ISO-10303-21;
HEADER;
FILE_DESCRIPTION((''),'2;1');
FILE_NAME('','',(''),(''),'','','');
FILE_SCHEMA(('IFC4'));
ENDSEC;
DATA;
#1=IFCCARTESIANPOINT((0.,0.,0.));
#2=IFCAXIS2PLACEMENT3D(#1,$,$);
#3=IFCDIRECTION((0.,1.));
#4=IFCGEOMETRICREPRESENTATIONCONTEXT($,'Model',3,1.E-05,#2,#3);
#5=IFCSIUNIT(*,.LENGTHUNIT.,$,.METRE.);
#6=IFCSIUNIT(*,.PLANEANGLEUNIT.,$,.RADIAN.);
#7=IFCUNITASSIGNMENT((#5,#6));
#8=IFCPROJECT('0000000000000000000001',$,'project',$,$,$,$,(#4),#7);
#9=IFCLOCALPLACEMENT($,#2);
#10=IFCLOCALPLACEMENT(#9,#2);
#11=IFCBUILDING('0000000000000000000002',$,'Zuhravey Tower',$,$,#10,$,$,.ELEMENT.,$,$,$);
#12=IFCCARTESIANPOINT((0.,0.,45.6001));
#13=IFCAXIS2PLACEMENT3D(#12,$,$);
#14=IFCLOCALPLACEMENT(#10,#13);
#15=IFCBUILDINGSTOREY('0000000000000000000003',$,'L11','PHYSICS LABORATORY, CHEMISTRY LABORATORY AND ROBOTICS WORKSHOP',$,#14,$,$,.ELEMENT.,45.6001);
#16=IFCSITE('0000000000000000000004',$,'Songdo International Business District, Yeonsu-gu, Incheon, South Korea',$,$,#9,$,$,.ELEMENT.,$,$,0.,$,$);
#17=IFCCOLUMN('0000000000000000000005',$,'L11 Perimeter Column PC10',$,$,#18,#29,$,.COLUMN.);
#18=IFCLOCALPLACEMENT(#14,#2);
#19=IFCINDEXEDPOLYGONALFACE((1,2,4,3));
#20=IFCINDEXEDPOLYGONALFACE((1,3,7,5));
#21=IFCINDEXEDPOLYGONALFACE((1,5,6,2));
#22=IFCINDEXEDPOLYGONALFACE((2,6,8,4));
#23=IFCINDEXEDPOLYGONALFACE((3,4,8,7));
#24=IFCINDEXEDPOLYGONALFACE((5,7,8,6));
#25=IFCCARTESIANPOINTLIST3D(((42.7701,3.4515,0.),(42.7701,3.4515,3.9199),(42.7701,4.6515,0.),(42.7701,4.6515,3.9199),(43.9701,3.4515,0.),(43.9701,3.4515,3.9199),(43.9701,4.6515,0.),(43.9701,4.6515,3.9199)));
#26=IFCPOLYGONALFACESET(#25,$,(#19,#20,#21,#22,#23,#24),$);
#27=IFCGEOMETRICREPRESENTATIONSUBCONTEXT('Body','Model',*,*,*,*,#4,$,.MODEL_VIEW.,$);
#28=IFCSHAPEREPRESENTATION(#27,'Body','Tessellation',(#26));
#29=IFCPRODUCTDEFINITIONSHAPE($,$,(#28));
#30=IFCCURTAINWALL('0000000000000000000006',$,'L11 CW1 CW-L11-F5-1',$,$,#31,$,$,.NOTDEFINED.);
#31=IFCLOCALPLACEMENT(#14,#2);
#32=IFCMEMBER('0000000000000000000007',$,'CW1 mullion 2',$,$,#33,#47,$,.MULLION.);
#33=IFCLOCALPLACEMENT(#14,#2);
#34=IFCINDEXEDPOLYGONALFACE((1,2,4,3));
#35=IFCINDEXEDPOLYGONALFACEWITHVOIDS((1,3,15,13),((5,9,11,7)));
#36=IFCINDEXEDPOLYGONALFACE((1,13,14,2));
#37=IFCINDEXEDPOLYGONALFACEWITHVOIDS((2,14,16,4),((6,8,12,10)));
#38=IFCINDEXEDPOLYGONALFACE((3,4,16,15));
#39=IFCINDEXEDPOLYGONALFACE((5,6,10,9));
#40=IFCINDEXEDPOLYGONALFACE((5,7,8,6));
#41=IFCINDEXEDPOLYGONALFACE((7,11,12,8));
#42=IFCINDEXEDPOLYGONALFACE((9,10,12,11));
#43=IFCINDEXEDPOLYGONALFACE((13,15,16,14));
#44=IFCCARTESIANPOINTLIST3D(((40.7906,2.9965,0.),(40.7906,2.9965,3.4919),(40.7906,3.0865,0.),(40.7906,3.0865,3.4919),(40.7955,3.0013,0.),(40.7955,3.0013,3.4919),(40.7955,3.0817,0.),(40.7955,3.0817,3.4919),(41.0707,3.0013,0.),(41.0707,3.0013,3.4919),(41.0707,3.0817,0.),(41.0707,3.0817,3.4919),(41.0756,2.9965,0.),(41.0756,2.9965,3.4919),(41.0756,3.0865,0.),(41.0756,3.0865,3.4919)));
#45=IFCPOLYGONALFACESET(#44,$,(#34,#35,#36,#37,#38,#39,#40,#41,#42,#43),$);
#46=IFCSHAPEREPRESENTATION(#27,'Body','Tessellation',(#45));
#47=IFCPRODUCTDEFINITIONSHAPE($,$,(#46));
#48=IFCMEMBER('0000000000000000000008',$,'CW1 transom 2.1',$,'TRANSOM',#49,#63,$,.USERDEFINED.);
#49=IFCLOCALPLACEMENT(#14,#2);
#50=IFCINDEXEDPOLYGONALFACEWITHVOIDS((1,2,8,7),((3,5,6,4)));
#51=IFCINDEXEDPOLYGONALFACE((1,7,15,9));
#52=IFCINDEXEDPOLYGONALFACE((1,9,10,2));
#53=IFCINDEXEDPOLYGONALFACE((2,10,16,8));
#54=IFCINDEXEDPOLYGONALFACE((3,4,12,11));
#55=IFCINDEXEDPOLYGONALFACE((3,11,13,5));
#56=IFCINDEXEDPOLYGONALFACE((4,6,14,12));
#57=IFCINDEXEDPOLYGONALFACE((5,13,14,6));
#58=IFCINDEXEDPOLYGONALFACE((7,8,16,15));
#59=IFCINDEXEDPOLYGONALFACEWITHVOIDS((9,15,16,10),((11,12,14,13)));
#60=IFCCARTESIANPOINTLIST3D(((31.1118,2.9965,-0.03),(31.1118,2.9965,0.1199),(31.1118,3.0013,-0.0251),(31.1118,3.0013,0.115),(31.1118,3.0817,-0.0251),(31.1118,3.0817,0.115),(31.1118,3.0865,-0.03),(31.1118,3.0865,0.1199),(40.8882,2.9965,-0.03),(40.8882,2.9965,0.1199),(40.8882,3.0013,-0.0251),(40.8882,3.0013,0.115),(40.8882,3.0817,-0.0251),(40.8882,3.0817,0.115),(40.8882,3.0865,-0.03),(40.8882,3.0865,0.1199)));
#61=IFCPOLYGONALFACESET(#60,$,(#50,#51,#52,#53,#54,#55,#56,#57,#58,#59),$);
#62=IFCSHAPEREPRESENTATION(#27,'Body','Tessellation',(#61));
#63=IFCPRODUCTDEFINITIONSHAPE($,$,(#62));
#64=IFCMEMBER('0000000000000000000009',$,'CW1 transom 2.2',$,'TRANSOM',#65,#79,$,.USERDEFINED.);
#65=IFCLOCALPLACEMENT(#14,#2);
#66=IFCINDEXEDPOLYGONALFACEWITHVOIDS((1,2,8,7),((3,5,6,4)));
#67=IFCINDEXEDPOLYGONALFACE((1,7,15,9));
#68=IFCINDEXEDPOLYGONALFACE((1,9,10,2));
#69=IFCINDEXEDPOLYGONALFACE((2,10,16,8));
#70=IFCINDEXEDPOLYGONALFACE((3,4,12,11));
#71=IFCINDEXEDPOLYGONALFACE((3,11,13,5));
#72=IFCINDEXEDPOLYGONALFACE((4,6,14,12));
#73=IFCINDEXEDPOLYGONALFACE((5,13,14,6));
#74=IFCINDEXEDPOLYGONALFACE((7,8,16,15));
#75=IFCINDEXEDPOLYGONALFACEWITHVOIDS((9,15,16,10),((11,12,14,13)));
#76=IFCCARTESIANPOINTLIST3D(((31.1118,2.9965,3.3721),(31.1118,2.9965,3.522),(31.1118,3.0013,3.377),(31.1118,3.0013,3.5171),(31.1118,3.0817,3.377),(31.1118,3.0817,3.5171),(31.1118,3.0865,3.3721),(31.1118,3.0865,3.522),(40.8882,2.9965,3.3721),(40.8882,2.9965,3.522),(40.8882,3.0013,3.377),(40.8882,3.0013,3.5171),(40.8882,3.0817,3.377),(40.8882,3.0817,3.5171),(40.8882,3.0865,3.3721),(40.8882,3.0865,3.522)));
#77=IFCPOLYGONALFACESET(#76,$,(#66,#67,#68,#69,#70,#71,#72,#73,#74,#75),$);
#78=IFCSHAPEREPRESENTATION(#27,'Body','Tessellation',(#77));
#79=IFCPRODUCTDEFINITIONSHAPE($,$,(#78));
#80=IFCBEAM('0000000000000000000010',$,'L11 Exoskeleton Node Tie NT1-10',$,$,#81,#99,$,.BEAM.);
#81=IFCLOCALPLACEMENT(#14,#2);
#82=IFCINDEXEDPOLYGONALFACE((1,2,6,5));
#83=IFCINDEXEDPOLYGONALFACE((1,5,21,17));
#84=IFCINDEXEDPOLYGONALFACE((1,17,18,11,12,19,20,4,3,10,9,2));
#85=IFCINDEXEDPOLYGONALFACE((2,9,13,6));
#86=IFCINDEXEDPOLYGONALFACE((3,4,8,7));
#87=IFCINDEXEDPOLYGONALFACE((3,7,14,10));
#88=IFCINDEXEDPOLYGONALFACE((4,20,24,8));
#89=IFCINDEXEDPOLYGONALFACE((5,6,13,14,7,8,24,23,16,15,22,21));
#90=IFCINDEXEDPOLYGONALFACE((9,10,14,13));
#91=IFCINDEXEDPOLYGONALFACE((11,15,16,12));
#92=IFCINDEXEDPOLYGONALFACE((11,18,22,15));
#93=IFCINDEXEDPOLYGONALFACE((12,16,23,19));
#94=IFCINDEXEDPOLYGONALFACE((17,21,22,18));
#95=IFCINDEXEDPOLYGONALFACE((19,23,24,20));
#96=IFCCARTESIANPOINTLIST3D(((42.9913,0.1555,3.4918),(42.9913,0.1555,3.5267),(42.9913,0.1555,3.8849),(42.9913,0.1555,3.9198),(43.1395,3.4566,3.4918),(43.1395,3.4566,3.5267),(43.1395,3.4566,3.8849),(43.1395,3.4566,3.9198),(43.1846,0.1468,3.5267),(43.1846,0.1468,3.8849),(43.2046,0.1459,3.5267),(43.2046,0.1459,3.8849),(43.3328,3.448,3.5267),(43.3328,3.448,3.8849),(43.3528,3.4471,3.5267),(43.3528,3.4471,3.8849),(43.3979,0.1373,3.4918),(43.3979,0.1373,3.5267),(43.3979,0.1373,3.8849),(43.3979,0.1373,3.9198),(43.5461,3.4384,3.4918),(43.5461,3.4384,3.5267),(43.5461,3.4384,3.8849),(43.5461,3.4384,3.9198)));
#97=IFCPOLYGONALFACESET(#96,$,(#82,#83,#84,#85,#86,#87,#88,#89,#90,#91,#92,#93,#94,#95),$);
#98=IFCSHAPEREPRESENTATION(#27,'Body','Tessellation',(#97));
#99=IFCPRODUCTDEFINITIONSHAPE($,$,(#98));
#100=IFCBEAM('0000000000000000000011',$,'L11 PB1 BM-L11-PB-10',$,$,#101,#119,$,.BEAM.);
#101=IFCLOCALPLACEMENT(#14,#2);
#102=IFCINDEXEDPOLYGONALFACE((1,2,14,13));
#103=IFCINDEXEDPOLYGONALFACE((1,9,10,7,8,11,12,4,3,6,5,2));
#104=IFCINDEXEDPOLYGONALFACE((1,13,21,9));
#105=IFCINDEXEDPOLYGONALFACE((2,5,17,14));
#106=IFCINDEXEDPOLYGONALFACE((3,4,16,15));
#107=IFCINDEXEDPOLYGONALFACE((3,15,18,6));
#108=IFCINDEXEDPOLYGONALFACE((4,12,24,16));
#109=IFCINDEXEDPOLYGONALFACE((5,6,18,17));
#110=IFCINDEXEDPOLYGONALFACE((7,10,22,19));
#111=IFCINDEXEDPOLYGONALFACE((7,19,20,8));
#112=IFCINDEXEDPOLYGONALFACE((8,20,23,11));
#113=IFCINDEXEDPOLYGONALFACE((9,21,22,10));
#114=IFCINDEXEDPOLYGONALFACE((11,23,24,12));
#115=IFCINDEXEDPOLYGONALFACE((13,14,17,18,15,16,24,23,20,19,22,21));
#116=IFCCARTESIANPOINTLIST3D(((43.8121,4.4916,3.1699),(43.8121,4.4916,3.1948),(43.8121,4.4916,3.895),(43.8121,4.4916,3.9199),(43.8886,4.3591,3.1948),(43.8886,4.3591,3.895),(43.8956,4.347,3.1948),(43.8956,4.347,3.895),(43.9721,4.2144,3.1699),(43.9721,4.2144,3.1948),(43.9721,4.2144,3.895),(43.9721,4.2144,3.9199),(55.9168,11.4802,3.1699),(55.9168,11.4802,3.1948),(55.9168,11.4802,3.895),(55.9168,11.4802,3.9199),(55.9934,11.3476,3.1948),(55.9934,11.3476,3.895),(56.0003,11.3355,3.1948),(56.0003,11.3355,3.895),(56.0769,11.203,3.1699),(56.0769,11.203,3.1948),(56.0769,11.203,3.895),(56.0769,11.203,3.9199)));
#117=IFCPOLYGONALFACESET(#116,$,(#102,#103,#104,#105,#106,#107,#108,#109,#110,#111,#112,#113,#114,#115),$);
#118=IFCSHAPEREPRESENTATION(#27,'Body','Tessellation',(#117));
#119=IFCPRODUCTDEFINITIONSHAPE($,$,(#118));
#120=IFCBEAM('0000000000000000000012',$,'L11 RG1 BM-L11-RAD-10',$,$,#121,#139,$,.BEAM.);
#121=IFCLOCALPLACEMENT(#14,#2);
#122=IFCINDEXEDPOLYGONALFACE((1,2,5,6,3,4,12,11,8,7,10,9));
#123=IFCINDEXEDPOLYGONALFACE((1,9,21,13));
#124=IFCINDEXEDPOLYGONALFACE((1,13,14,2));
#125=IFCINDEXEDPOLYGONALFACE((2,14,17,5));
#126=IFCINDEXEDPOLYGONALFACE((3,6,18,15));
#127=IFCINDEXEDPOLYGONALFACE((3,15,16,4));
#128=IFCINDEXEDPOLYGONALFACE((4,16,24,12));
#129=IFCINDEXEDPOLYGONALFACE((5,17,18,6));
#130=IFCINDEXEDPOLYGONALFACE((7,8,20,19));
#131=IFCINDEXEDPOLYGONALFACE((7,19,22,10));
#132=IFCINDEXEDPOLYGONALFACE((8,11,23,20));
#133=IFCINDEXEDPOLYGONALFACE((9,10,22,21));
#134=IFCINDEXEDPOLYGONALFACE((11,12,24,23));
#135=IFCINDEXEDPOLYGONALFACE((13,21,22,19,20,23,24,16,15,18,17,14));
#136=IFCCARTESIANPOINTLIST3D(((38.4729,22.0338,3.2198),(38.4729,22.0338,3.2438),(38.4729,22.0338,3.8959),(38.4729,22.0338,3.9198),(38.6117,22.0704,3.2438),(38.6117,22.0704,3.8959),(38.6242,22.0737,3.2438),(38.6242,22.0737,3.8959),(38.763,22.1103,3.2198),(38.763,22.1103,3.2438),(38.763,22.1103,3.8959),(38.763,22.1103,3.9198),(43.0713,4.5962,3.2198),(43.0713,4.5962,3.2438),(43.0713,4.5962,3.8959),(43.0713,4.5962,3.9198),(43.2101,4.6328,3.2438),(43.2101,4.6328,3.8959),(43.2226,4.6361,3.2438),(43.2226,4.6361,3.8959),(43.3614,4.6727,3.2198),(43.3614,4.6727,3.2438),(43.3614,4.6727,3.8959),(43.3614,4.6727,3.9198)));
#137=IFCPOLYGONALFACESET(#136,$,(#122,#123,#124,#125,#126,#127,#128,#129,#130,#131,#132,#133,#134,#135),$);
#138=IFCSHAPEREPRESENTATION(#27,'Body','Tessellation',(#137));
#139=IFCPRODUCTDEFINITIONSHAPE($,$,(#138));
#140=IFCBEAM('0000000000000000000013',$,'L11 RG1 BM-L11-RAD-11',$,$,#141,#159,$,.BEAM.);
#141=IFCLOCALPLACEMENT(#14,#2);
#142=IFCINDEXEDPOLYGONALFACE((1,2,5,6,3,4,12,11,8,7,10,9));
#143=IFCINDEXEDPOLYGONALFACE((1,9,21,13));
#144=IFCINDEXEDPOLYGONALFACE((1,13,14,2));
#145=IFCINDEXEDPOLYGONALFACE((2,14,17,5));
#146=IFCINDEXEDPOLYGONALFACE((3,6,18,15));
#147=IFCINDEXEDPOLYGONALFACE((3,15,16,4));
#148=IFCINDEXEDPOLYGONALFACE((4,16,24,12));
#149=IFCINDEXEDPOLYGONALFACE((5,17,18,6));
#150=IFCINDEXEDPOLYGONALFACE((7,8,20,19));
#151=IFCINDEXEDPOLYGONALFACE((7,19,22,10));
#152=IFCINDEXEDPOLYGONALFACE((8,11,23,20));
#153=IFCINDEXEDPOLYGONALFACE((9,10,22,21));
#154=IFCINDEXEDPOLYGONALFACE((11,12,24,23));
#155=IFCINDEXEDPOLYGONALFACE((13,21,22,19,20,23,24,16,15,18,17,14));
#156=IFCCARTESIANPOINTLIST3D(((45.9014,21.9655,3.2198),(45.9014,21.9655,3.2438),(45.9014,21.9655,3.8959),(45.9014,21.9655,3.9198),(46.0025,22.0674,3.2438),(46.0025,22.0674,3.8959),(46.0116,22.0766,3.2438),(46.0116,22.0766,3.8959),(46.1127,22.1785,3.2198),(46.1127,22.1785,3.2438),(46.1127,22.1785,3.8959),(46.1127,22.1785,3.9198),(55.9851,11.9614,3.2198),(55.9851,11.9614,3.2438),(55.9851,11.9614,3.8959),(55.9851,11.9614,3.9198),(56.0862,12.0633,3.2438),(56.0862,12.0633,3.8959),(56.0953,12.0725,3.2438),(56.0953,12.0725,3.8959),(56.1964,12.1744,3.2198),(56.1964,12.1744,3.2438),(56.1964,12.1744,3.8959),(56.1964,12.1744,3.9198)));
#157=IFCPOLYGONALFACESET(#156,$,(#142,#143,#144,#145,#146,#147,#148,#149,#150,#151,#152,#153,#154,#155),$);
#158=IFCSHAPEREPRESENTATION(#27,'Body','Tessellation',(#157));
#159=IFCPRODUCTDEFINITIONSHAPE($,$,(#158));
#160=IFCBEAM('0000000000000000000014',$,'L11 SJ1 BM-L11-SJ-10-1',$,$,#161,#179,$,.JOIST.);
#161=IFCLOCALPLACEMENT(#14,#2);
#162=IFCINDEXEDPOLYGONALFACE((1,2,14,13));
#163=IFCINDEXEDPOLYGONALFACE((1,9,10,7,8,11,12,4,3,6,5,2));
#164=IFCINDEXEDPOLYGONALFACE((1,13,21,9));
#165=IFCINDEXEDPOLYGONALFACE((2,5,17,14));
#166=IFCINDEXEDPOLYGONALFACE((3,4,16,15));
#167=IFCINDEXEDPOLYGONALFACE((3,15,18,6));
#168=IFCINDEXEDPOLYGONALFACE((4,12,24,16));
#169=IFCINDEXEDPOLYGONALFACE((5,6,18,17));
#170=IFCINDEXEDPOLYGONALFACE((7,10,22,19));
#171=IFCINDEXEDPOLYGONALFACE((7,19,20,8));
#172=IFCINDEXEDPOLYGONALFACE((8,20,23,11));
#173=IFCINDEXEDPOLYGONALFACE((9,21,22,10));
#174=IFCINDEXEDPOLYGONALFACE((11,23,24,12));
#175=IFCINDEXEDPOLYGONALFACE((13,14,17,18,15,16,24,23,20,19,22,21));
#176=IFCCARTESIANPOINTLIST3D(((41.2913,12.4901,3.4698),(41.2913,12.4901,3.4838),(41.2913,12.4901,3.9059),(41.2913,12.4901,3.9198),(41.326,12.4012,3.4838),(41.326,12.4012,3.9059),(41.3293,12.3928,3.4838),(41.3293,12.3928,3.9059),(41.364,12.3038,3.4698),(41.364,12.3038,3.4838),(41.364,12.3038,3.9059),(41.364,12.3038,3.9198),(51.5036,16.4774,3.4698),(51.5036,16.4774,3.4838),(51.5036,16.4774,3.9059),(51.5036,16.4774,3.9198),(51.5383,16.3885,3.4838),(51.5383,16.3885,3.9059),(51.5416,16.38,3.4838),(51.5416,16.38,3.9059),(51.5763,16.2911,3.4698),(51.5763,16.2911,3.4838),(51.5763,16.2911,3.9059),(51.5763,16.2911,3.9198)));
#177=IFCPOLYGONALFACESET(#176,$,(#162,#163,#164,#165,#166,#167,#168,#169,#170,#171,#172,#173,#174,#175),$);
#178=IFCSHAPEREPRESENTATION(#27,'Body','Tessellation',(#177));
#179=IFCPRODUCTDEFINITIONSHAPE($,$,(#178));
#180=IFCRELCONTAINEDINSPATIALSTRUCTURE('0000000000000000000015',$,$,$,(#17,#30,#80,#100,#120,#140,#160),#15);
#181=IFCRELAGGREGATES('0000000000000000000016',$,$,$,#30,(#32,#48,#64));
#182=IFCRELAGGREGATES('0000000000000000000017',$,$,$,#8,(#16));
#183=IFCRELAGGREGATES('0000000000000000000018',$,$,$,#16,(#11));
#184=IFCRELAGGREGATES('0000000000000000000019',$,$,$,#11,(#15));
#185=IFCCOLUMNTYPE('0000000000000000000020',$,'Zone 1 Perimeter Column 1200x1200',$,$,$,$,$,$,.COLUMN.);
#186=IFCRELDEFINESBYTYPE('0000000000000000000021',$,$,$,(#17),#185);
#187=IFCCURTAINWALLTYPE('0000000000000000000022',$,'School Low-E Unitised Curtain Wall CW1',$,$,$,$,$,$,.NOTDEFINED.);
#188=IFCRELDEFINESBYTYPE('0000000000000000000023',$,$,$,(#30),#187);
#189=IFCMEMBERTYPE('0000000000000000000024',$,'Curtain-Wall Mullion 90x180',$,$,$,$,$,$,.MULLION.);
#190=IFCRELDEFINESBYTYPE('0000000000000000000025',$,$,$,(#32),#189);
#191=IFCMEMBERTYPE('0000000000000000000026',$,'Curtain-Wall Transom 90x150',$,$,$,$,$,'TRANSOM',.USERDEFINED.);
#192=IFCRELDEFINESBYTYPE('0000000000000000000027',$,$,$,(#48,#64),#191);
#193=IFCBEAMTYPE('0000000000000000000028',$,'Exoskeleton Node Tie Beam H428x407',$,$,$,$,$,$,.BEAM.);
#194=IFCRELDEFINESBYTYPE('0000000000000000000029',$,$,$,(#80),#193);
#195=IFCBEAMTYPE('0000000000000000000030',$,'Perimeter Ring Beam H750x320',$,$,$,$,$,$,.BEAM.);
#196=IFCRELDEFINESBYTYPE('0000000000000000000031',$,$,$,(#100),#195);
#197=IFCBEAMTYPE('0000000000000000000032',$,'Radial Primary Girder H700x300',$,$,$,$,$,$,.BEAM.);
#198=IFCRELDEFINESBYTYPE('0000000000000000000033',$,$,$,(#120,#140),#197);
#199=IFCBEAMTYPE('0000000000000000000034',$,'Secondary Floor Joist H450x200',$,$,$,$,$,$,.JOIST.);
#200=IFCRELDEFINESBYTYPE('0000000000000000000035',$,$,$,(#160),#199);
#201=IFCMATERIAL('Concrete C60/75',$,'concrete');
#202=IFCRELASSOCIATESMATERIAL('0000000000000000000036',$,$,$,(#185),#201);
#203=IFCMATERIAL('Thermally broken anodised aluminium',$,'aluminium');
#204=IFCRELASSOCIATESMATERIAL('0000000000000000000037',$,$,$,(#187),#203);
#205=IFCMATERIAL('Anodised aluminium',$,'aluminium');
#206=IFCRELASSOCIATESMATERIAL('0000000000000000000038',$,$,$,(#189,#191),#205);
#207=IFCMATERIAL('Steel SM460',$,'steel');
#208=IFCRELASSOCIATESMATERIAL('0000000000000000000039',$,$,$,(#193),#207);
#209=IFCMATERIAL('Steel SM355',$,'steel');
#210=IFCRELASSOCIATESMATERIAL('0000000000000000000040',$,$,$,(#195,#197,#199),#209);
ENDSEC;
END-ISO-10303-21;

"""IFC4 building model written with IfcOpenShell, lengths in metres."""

from ifc_helpers import new_model, si_unit, direction, frame, origin, origin_2d, place, context, subcontext, project, spatial, rectangle, hollow_rectangle, i_section, extrude, material, material_profile, profile_set, type_object, element, aggregate, save


model = new_model("IFC4")

# Units and contexts
model_context = context("Model", 3, precision=1e-05, world=origin(), true_north=direction((0.0, 1.0)))
body_context = subcontext(model_context, "Body", "Model", "MODEL_VIEW")
ifc_project = project(units=[si_unit("LENGTHUNIT", "METRE"), si_unit("PLANEANGLEUNIT", "RADIAN")], contexts=[model_context])

# Site, building, storey
site_placement = place(None, origin())
site = spatial("IfcSite", under=ifc_project, at=site_placement, Name="Songdo International Business District, Yeonsu-gu, Incheon, South Korea", CompositionType="ELEMENT", RefElevation=0.0)
building_placement = place(site_placement, origin())
building = spatial("IfcBuilding", under=site, at=building_placement, Name="Zuhravey Tower", CompositionType="ELEMENT")
storey_placement = place(building_placement, frame((0.0, 0.0, 45.6001)))
storey = spatial("IfcBuildingStorey", under=building, at=storey_placement, Name="L11", Description="PHYSICS LABORATORY, CHEMISTRY LABORATORY AND ROBOTICS WORKSHOP", CompositionType="ELEMENT", Elevation=45.6001)

# Column
ifc_material_1 = material(Name="Concrete C60/75", Category="concrete")
ifc_material_profile_1 = material_profile(ifc_material_1, rectangle(XDim=1.2, YDim=1.2, at=origin_2d()), Name="RC-1200x1200")
ifc_profile_set_1 = profile_set([ifc_material_profile_1], Name="Concrete C60/75")
column_type = type_object("IfcColumnType", Name="Zone 1 Perimeter Column 1200x1200", PredefinedType="COLUMN", material=ifc_profile_set_1)
column_placement = place(storey_placement, frame((43.3701, 4.0515, 0.0), z_axis=(0.0, 0.0, 1.0), x_axis=(1.0, 0.0, 0.0)))
element("IfcColumn", 1, at=column_placement, inside=storey, type_object=column_type, Name="L11 Perimeter Column PC10", PredefinedType="COLUMN", context=body_context, shape_type="SweptSolid", body=[
    extrude(rectangle(XDim=1.2, YDim=1.2, at=origin_2d()), origin(), (0.0, 0.0, 1.0), 3.9199),
])

# Curtain wall, members
ifc_material_2 = material(Name="Thermally broken anodised aluminium", Category="aluminium")
curtain_wall_type = type_object("IfcCurtainWallType", Name="School Low-E Unitised Curtain Wall CW1", PredefinedType="NOTDEFINED", material=ifc_material_2)
curtain_wall_placement = place(storey_placement, origin())
curtain_wall = element("IfcCurtainWall", 2, at=curtain_wall_placement, inside=storey, type_object=curtain_wall_type, Name="L11 CW1 CW-L11-F5-1", PredefinedType="NOTDEFINED")
ifc_material_3 = material(Name="Anodised aluminium", Category="aluminium")
ifc_material_profile_2 = material_profile(ifc_material_3, hollow_rectangle(XDim=0.0901, YDim=0.2849, WallThickness=0.0049, at=origin_2d()), Name="ALU-RHS-90x285x5")
ifc_profile_set_2 = profile_set([ifc_material_profile_2], Name="Anodised aluminium")
member_type_1 = type_object("IfcMemberType", Name="Curtain-Wall Mullion 90x180", PredefinedType="MULLION", material=ifc_profile_set_2)
member_1_placement = place(storey_placement, frame((40.9331, 3.0415, 0.0), z_axis=(0.0, 0.0, 1.0), x_axis=(0.0, -1.0, 0.0)))
member_1 = element("IfcMember", 3, at=member_1_placement, type_object=member_type_1, Name="CW1 mullion 2", PredefinedType="MULLION", context=body_context, shape_type="SweptSolid", body=[
    extrude(hollow_rectangle(XDim=0.0901, YDim=0.2849, WallThickness=0.0049, at=origin_2d()), origin(), (0.0, 0.0, 1.0), 3.4919),
])
ifc_material_profile_3 = material_profile(ifc_material_3, hollow_rectangle(XDim=0.0901, YDim=0.1499, WallThickness=0.0049, at=origin_2d()), Name="ALU-RHS-90x150x5")
ifc_profile_set_3 = profile_set([ifc_material_profile_3], Name="Anodised aluminium")
member_type_2 = type_object("IfcMemberType", Name="Curtain-Wall Transom 90x150", ElementType="TRANSOM", PredefinedType="USERDEFINED", material=ifc_profile_set_3)
member_2_placement = place(storey_placement, frame((40.8882, 3.0415, 0.0449), z_axis=(-1.0, 0.0, 0.0), x_axis=(0.0, -1.0, 0.0)))
member_2 = element("IfcMember", 4, at=member_2_placement, type_object=member_type_2, Name="CW1 transom 2.1", ObjectType="TRANSOM", PredefinedType="USERDEFINED", context=body_context, shape_type="SweptSolid", body=[
    extrude(hollow_rectangle(XDim=0.0901, YDim=0.1499, WallThickness=0.0049, at=origin_2d()), origin(), (0.0, 0.0, 1.0), 9.7764),
])
member_3_placement = place(storey_placement, frame((40.8882, 3.0415, 3.447), z_axis=(-1.0, 0.0, 0.0), x_axis=(0.0, -1.0, 0.0)))
member_3 = element("IfcMember", 5, at=member_3_placement, type_object=member_type_2, Name="CW1 transom 2.2", ObjectType="TRANSOM", PredefinedType="USERDEFINED", context=body_context, shape_type="SweptSolid", body=[
    extrude(hollow_rectangle(XDim=0.0901, YDim=0.1499, WallThickness=0.0049, at=origin_2d()), origin(), (0.0, 0.0, 1.0), 9.7764),
])

# Beams
ifc_material_4 = material(Name="Steel SM460", Category="steel")
ifc_material_profile_4 = material_profile(ifc_material_4, i_section(OverallWidth=0.407, OverallDepth=0.428, WebThickness=0.02, FlangeThickness=0.0349, at=origin_2d()), Name="H-428x407x20x35")
ifc_profile_set_4 = profile_set([ifc_material_profile_4], Name="Steel SM460")
beam_type_1 = type_object("IfcBeamType", Name="Exoskeleton Node Tie Beam H428x407", PredefinedType="BEAM", material=ifc_profile_set_4)
beam_1_placement = place(storey_placement, frame((43.3428, 3.4475, 3.7058), z_axis=(-0.044848, -0.998994, 0.0), x_axis=(0.998994, -0.044848, 0.0)))
element("IfcBeam", 6, at=beam_1_placement, inside=storey, type_object=beam_type_1, Name="L11 Exoskeleton Node Tie NT1-10", PredefinedType="BEAM", context=body_context, shape_type="SweptSolid", body=[
    extrude(i_section(OverallWidth=0.407, OverallDepth=0.428, WebThickness=0.02, FlangeThickness=0.0349, at=origin_2d()), origin(), (0.0, 0.0, 1.0), 3.3044),
])
ifc_material_5 = material(Name="Steel SM355", Category="steel")
ifc_material_profile_5 = material_profile(ifc_material_5, i_section(OverallWidth=0.3201, OverallDepth=0.75, WebThickness=0.0139, FlangeThickness=0.0249, at=origin_2d()), Name="H-750x320x14x25")
ifc_profile_set_5 = profile_set([ifc_material_profile_5], Name="Steel SM355")
beam_type_2 = type_object("IfcBeamType", Name="Perimeter Ring Beam H750x320", PredefinedType="BEAM", material=ifc_profile_set_5)
beam_2_placement = place(storey_placement, frame((43.8921, 4.353, 3.5449), z_axis=(0.86603, 0.499992, 0.0), x_axis=(-0.499992, 0.86603, 0.0)))
element("IfcBeam", 7, at=beam_2_placement, inside=storey, type_object=beam_type_2, Name="L11 PB1 BM-L11-PB-10", PredefinedType="BEAM", context=body_context, shape_type="SweptSolid", body=[
    extrude(i_section(OverallWidth=0.3201, OverallDepth=0.75, WebThickness=0.0139, FlangeThickness=0.0249, at=origin_2d()), origin(), (0.0, 0.0, 1.0), 13.9773),
])
ifc_material_profile_6 = material_profile(ifc_material_5, i_section(OverallWidth=0.3, OverallDepth=0.7, WebThickness=0.0129, FlangeThickness=0.0239, at=origin_2d()), Name="H-700x300x13x24")
ifc_profile_set_6 = profile_set([ifc_material_profile_6], Name="Steel SM355")
beam_type_3 = type_object("IfcBeamType", Name="Radial Primary Girder H700x300", PredefinedType="BEAM", material=ifc_profile_set_6)
beam_3_placement = place(storey_placement, frame((38.6179, 22.072, 3.5698), z_axis=(0.25499, -0.966944, 0.0), x_axis=(0.966944, 0.25499, 0.0)))
element("IfcBeam", 8, at=beam_3_placement, inside=storey, type_object=beam_type_3, Name="L11 RG1 BM-L11-RAD-10", PredefinedType="BEAM", context=body_context, shape_type="SweptSolid", body=[
    extrude(i_section(OverallWidth=0.3, OverallDepth=0.7, WebThickness=0.0129, FlangeThickness=0.0239, at=origin_2d()), origin(), (0.0, 0.0, 1.0), 18.0337),
])
beam_4_placement = place(storey_placement, frame((46.0071, 22.072, 3.5698), z_axis=(0.709903, -0.7043, 0.0), x_axis=(0.7043, 0.709903, 0.0)))
element("IfcBeam", 9, at=beam_4_placement, inside=storey, type_object=beam_type_3, Name="L11 RG1 BM-L11-RAD-11", PredefinedType="BEAM", context=body_context, shape_type="SweptSolid", body=[
    extrude(i_section(OverallWidth=0.3, OverallDepth=0.7, WebThickness=0.0129, FlangeThickness=0.0239, at=origin_2d()), origin(), (0.0, 0.0, 1.0), 14.2043),
])
ifc_material_profile_7 = material_profile(ifc_material_5, i_section(OverallWidth=0.2, OverallDepth=0.45, WebThickness=0.009, FlangeThickness=0.0139, at=origin_2d()), Name="H-450x200x9x14")
ifc_profile_set_7 = profile_set([ifc_material_profile_7], Name="Steel SM355")
beam_type_4 = type_object("IfcBeamType", Name="Secondary Floor Joist H450x200", PredefinedType="JOIST", material=ifc_profile_set_7)
beam_5_placement = place(storey_placement, frame((41.3276, 12.397, 3.6948), z_axis=(0.931517, 0.363699, 0.0), x_axis=(-0.363699, 0.931517, 0.0)))
element("IfcBeam", 10, at=beam_5_placement, inside=storey, type_object=beam_type_4, Name="L11 SJ1 BM-L11-SJ-10-1", PredefinedType="JOIST", context=body_context, shape_type="SweptSolid", body=[
    extrude(i_section(OverallWidth=0.2, OverallDepth=0.45, WebThickness=0.009, FlangeThickness=0.0139, at=origin_2d()), origin(), (0.0, 0.0, 1.0), 10.9631),
])

aggregate(curtain_wall, [member_1, member_2, member_3])

save(model, "model.ifc")
